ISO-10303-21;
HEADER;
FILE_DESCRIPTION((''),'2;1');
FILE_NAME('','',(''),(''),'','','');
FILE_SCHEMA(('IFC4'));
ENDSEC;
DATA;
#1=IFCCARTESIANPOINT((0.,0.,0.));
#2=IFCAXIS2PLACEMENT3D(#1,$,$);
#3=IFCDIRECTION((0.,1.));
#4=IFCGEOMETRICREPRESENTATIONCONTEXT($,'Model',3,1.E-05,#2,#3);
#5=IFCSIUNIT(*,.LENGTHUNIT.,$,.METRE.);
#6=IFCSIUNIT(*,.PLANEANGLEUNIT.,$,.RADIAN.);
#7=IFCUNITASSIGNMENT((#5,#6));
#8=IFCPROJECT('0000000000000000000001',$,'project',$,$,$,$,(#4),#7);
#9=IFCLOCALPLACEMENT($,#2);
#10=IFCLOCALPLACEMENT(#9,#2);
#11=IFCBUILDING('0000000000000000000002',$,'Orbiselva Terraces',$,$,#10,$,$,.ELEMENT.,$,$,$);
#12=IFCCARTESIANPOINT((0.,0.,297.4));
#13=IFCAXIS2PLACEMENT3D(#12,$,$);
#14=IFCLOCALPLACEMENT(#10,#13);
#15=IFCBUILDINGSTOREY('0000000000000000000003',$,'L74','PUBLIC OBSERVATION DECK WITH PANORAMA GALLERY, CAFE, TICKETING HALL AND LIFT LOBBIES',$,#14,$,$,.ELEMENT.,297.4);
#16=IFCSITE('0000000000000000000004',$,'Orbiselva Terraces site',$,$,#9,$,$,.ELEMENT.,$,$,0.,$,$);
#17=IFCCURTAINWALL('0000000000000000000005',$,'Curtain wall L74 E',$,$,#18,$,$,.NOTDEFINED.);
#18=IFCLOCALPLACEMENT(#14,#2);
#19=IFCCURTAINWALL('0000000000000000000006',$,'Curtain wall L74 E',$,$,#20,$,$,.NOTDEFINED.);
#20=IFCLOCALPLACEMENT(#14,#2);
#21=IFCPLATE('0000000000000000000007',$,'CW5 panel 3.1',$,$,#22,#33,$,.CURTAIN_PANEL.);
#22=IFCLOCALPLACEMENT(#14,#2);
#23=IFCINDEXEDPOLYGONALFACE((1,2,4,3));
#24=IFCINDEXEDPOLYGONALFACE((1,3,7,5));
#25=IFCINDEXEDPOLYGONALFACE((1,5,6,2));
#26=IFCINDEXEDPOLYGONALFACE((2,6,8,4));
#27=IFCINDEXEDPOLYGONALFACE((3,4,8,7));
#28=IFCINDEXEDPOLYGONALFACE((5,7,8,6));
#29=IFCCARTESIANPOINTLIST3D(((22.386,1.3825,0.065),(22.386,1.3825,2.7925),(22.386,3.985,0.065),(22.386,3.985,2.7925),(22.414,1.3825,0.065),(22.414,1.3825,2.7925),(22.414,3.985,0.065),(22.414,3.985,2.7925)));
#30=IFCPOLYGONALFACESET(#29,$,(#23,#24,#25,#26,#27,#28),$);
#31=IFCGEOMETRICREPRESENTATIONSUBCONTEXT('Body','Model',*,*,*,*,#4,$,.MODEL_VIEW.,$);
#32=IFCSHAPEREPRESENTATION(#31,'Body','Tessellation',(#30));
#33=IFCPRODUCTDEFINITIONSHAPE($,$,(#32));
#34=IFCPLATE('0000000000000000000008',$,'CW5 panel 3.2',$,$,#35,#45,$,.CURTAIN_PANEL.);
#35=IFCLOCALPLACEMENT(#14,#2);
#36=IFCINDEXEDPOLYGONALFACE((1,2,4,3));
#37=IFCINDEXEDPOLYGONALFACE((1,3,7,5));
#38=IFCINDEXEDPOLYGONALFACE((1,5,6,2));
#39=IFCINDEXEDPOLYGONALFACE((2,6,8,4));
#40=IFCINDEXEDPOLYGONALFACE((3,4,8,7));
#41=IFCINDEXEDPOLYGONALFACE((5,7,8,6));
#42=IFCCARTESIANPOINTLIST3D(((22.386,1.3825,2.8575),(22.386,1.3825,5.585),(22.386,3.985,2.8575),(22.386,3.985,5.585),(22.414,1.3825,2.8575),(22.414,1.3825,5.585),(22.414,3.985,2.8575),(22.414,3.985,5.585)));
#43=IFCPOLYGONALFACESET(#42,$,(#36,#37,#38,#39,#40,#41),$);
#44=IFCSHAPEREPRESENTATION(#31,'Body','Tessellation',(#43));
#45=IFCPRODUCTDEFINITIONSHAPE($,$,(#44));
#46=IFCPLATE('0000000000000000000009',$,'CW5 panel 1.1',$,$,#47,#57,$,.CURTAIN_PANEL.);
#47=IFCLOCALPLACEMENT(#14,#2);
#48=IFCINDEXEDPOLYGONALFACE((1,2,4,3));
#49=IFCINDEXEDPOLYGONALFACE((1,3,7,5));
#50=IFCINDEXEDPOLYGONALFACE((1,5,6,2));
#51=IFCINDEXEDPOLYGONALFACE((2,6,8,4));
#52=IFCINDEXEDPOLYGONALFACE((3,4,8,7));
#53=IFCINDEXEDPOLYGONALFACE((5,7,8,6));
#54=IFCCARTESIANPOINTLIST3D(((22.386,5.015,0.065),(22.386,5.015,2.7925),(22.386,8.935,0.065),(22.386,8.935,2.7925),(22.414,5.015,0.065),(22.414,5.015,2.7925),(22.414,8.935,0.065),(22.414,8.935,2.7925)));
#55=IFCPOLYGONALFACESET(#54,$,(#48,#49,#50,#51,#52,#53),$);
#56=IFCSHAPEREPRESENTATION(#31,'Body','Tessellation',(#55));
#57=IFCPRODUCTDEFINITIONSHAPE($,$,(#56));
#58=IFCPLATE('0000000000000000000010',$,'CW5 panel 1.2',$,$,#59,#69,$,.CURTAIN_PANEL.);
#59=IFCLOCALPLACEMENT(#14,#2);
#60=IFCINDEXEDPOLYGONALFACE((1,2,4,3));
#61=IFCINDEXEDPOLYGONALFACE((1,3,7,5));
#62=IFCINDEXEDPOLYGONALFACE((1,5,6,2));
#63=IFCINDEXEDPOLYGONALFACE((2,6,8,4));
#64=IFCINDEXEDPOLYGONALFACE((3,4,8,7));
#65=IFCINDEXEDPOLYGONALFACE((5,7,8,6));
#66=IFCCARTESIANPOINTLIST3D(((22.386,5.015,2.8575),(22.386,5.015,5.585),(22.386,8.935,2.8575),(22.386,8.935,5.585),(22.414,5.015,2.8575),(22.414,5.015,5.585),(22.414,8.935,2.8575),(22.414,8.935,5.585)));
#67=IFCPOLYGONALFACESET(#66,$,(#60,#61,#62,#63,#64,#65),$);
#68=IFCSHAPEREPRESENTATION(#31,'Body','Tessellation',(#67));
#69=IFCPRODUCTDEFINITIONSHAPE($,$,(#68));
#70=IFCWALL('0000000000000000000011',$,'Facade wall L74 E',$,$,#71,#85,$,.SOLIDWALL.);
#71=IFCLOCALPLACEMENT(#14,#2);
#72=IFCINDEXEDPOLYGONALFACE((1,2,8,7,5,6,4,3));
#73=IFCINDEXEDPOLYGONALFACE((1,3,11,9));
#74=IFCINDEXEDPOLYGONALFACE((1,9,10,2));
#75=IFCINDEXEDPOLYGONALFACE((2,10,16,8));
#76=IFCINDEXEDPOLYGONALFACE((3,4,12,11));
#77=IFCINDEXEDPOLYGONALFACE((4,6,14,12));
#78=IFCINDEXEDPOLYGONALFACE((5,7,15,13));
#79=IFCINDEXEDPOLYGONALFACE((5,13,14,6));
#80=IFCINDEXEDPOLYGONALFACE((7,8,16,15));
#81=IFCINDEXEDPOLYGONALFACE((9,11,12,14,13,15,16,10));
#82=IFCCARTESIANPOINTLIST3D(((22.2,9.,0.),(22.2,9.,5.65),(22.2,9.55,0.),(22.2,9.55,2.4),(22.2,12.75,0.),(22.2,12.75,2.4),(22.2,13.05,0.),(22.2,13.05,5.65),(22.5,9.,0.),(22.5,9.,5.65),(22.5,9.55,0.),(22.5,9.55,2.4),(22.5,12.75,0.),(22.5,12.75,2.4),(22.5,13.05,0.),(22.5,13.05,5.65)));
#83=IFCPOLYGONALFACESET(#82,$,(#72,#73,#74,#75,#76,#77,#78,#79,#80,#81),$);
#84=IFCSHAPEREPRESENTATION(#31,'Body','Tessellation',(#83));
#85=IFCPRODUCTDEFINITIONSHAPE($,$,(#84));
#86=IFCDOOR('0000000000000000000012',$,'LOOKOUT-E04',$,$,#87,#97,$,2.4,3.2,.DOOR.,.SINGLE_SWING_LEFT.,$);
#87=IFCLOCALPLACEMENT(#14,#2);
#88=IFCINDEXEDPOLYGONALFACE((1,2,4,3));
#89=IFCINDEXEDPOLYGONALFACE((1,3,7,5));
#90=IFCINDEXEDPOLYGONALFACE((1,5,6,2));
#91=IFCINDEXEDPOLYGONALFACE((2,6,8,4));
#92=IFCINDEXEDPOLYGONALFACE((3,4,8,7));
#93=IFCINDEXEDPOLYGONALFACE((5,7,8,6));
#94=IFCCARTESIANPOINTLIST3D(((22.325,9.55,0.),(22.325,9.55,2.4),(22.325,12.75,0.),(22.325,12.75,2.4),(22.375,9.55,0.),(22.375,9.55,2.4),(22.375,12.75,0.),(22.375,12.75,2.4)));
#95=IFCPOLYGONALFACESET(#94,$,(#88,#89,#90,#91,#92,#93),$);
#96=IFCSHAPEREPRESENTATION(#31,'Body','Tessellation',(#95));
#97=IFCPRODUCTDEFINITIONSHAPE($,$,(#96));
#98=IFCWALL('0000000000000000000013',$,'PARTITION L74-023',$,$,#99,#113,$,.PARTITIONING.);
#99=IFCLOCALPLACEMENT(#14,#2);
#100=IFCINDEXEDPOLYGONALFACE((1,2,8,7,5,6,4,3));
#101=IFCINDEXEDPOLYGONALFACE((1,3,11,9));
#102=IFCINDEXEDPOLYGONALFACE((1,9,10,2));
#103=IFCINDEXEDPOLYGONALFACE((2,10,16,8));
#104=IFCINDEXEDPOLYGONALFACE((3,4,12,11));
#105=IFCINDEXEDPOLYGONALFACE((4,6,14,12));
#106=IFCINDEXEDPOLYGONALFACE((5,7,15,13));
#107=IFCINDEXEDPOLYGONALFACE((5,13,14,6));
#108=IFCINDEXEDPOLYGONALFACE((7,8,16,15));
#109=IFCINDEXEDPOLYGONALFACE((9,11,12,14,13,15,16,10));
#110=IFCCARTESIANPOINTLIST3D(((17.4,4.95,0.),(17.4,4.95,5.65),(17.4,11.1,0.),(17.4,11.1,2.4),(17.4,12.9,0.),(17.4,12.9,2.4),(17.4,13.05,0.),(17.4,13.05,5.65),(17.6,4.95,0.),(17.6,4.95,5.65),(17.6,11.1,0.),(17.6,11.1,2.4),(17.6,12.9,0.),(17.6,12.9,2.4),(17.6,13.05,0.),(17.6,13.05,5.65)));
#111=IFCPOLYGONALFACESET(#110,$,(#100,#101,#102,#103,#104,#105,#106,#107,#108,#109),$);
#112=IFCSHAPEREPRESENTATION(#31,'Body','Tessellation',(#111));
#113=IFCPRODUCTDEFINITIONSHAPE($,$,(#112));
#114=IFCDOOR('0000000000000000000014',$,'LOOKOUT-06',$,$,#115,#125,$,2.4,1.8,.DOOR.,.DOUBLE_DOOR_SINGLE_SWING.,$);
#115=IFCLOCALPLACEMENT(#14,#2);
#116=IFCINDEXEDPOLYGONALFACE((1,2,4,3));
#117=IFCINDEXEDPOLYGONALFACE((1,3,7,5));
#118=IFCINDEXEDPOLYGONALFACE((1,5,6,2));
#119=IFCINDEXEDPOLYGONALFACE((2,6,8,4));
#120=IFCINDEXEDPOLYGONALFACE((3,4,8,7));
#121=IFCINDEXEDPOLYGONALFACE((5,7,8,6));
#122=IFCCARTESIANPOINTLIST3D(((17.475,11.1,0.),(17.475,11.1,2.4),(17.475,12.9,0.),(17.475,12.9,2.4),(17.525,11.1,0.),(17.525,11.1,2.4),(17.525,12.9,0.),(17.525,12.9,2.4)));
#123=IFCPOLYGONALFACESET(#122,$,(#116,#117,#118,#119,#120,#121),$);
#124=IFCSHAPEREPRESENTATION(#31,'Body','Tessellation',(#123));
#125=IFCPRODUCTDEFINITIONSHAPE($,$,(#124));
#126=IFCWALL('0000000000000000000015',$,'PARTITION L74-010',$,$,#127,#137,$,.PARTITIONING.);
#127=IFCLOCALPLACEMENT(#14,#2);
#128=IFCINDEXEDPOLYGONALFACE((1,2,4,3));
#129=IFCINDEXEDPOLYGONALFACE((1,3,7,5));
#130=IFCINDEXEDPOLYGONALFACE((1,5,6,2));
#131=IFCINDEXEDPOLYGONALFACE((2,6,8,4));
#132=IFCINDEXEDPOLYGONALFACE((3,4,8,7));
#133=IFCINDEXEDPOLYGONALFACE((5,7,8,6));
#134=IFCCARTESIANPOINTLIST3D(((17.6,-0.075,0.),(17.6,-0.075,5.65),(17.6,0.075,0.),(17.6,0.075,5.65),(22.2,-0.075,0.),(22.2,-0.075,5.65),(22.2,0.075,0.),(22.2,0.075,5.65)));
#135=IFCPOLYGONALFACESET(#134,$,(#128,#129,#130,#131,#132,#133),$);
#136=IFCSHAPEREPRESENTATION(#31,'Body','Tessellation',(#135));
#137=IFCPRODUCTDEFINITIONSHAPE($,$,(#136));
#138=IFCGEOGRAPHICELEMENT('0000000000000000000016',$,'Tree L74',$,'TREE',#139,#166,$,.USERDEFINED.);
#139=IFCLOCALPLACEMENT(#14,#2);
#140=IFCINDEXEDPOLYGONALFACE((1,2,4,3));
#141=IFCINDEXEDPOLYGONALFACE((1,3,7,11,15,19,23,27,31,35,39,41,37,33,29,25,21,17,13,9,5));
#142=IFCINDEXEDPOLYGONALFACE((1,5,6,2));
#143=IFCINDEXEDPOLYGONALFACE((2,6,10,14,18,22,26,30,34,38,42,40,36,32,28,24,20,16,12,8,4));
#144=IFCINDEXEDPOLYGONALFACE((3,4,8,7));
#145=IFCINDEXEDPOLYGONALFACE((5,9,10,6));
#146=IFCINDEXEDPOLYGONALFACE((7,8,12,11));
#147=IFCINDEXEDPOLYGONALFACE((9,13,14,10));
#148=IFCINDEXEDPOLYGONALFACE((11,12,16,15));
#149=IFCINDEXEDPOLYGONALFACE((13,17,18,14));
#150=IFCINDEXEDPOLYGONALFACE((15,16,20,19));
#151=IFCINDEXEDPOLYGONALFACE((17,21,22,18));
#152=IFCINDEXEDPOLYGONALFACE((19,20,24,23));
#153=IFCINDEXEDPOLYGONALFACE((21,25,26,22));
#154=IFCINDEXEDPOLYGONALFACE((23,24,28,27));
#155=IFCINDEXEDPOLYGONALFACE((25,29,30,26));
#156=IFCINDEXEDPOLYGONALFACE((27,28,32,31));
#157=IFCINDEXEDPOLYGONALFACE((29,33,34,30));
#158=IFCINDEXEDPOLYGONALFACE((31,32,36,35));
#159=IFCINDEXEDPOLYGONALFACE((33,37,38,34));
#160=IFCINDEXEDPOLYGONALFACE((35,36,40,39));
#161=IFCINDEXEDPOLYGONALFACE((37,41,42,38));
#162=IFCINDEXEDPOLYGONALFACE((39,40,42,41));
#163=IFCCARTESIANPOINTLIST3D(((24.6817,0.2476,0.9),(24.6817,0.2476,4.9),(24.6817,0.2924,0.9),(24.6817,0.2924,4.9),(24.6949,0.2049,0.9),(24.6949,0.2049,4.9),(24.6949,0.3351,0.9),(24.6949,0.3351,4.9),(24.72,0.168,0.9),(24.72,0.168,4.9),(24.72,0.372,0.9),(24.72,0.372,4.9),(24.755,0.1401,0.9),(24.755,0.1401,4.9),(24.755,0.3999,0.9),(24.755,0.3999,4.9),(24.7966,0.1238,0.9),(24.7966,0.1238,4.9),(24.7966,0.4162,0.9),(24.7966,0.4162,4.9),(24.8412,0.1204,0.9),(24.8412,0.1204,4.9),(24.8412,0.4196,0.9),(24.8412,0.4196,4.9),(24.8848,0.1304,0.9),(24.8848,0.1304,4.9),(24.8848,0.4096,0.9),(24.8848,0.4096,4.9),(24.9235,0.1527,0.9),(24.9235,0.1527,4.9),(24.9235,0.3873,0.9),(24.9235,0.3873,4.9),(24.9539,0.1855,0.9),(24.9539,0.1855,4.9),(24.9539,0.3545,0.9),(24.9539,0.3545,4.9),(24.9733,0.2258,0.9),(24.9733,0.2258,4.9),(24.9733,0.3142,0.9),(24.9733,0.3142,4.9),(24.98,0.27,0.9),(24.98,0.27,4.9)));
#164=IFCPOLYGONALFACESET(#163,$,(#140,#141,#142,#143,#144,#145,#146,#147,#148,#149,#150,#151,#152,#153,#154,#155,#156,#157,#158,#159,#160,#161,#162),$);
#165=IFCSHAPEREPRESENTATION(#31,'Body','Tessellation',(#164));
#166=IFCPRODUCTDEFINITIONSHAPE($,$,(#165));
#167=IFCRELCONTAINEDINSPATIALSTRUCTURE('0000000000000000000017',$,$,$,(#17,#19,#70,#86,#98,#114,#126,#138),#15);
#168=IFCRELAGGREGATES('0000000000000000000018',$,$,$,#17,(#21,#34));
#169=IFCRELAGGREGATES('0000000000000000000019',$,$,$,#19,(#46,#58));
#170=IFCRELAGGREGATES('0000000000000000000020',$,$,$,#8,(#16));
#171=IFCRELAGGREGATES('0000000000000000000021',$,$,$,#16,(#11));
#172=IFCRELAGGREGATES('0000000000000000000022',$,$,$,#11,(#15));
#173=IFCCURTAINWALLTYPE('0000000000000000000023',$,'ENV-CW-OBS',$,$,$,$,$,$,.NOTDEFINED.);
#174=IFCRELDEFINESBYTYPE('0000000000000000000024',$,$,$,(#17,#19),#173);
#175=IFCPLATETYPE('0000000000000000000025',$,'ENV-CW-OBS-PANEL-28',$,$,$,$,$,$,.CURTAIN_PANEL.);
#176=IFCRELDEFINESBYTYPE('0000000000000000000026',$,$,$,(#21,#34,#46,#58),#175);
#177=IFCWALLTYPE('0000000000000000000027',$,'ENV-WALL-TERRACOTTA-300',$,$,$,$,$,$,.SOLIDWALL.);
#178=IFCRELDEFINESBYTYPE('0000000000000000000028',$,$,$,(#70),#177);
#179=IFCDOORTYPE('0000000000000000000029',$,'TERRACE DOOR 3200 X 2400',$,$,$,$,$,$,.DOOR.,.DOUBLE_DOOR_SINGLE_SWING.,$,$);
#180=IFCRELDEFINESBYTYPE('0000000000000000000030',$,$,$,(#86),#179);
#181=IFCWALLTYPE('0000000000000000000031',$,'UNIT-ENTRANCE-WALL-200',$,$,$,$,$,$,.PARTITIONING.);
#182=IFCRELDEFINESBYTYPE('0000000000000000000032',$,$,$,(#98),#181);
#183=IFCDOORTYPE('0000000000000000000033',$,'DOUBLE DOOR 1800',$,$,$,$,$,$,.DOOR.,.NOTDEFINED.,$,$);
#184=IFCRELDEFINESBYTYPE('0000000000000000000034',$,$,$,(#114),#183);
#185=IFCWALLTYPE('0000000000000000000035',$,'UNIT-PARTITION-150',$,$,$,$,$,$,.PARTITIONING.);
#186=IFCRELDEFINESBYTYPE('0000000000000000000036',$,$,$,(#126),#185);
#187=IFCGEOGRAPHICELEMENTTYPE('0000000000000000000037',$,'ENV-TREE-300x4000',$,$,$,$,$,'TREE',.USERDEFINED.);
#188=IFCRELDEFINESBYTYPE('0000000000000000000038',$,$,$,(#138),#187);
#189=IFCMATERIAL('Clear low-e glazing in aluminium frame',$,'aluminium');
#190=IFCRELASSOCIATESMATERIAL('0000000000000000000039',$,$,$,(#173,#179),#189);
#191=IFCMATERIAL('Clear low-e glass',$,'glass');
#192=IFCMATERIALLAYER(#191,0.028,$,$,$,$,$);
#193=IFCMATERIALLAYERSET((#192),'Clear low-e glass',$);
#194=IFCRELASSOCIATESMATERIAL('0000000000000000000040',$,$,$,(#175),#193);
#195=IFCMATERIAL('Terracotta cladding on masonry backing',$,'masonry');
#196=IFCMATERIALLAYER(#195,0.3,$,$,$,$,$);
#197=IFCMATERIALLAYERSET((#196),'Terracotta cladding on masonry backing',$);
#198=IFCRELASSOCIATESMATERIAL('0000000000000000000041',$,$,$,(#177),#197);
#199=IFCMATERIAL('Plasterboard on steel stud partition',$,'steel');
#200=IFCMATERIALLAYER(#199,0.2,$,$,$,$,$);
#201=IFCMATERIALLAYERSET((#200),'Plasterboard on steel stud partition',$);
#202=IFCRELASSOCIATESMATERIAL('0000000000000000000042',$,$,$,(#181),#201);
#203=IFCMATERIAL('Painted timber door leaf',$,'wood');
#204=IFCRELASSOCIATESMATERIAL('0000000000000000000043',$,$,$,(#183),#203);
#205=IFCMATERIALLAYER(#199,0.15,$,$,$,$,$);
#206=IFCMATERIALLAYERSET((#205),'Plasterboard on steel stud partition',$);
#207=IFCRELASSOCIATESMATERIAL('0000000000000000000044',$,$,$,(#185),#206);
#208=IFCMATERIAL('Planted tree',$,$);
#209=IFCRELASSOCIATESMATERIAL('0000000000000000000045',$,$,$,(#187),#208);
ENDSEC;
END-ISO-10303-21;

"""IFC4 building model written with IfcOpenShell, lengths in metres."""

from ifc_helpers import new_model, si_unit, direction, frame, frame_2d, origin, origin_2d, place, context, subcontext, project, spatial, rectangle, circle, extrude, material, layer, layer_set, type_object, element, fill, aggregate, save


model = new_model("IFC4")

# Units and contexts
model_context = context("Model", 3, precision=1e-05, world=origin(), true_north=direction((0.0, 1.0)))
body_context = subcontext(model_context, "Body", "Model", "MODEL_VIEW")
ifc_project = project(units=[si_unit("LENGTHUNIT", "METRE"), si_unit("PLANEANGLEUNIT", "RADIAN")], contexts=[model_context])

# Site, building, storey
site_placement = place(None, origin())
site = spatial("IfcSite", under=ifc_project, at=site_placement, Name="Orbiselva Terraces site", CompositionType="ELEMENT", RefElevation=0.0)
building_placement = place(site_placement, origin())
building = spatial("IfcBuilding", under=site, at=building_placement, Name="Orbiselva Terraces", CompositionType="ELEMENT")
storey_placement = place(building_placement, frame((0.0, 0.0, 297.4)))
storey = spatial("IfcBuildingStorey", under=building, at=storey_placement, Name="L74", Description="PUBLIC OBSERVATION DECK WITH PANORAMA GALLERY, CAFE, TICKETING HALL AND LIFT LOBBIES", CompositionType="ELEMENT", Elevation=297.4)

# Curtain walls
ifc_material_1 = material(Name="Clear low-e glazing in aluminium frame", Category="aluminium")
curtain_wall_type = type_object("IfcCurtainWallType", Name="ENV-CW-OBS", PredefinedType="NOTDEFINED", material=ifc_material_1)
curtain_wall_1_placement = place(storey_placement, origin())
curtain_wall_1 = element("IfcCurtainWall", 1, at=curtain_wall_1_placement, inside=storey, type_object=curtain_wall_type, Name="Curtain wall L74 E", PredefinedType="NOTDEFINED")
curtain_wall_2_placement = place(storey_placement, origin())
curtain_wall_2 = element("IfcCurtainWall", 2, at=curtain_wall_2_placement, inside=storey, type_object=curtain_wall_type, Name="Curtain wall L74 E", PredefinedType="NOTDEFINED")

# Plates
ifc_material_2 = material(Name="Clear low-e glass", Category="glass")
ifc_layer_1 = layer(ifc_material_2, 0.028)
ifc_layer_set_1 = layer_set([ifc_layer_1], Name="Clear low-e glass")
plate_type = type_object("IfcPlateType", Name="ENV-CW-OBS-PANEL-28", PredefinedType="CURTAIN_PANEL", material=ifc_layer_set_1)
plate_1_placement = place(storey_placement, frame((22.4, 2.6837, 0.065), z_axis=(0.0, 0.0, 1.0), x_axis=(0.0, 1.0, 0.0)))
plate_1 = element("IfcPlate", 3, at=plate_1_placement, type_object=plate_type, Name="CW5 panel 3.1", PredefinedType="CURTAIN_PANEL", context=body_context, shape_type="SweptSolid", body=[
    extrude(rectangle(XDim=2.6025, YDim=0.028, at=origin_2d()), origin(), (0.0, 0.0, 1.0), 2.7275),
])
plate_2_placement = place(storey_placement, frame((22.4, 2.6837, 2.8575), z_axis=(0.0, 0.0, 1.0), x_axis=(0.0, 1.0, 0.0)))
plate_2 = element("IfcPlate", 4, at=plate_2_placement, type_object=plate_type, Name="CW5 panel 3.2", PredefinedType="CURTAIN_PANEL", context=body_context, shape_type="SweptSolid", body=[
    extrude(rectangle(XDim=2.6025, YDim=0.028, at=origin_2d()), origin(), (0.0, 0.0, 1.0), 2.7275),
])
aggregate(curtain_wall_1, [plate_1, plate_2])
plate_3_placement = place(storey_placement, frame((22.4, 6.975, 0.065), z_axis=(0.0, 0.0, 1.0), x_axis=(0.0, 1.0, 0.0)))
plate_3 = element("IfcPlate", 5, at=plate_3_placement, type_object=plate_type, Name="CW5 panel 1.1", PredefinedType="CURTAIN_PANEL", context=body_context, shape_type="SweptSolid", body=[
    extrude(rectangle(XDim=3.92, YDim=0.028, at=origin_2d()), origin(), (0.0, 0.0, 1.0), 2.7275),
])
plate_4_placement = place(storey_placement, frame((22.4, 6.975, 2.8575), z_axis=(0.0, 0.0, 1.0), x_axis=(0.0, 1.0, 0.0)))
plate_4 = element("IfcPlate", 6, at=plate_4_placement, type_object=plate_type, Name="CW5 panel 1.2", PredefinedType="CURTAIN_PANEL", context=body_context, shape_type="SweptSolid", body=[
    extrude(rectangle(XDim=3.92, YDim=0.028, at=origin_2d()), origin(), (0.0, 0.0, 1.0), 2.7275),
])
aggregate(curtain_wall_2, [plate_3, plate_4])

# Walls, openings, doors
ifc_material_3 = material(Name="Terracotta cladding on masonry backing", Category="masonry")
ifc_layer_2 = layer(ifc_material_3, 0.3)
ifc_layer_set_2 = layer_set([ifc_layer_2], Name="Terracotta cladding on masonry backing")
wall_type_1 = type_object("IfcWallType", Name="ENV-WALL-TERRACOTTA-300", PredefinedType="SOLIDWALL", material=ifc_layer_set_2)
wall_1_placement = place(storey_placement, frame((22.35, 13.05, 0.0), z_axis=(0.0, 0.0, 1.0), x_axis=(0.0, -1.0, 0.0)))
wall_1 = element("IfcWall", 7, at=wall_1_placement, inside=storey, type_object=wall_type_1, Name="Facade wall L74 E", PredefinedType="SOLIDWALL", context=body_context, shape_type="SweptSolid", body=[
    extrude(rectangle(XDim=4.05, YDim=0.3, at=frame_2d((2.025, 0.0))), origin(), (0.0, 0.0, 1.0), 5.65),
])
opening_1_placement = place(wall_1_placement, frame((0.3, 0.0, 0.0)))
opening_1 = element("IfcOpeningElement", 8, at=opening_1_placement, cuts=wall_1, PredefinedType="OPENING", context=body_context, shape_type="SweptSolid", body=[
    extrude(rectangle(XDim=3.2, YDim=2.4, at=frame_2d((1.6, 1.2))), frame((0.0, 0.16, 0.0), z_axis=(0.0, -1.0, 0.0), x_axis=(1.0, 0.0, 0.0)), (0.0, 0.0, 1.0), 0.32),
])
door_type_1 = type_object("IfcDoorType", Name="TERRACE DOOR 3200 X 2400", OperationType="DOUBLE_DOOR_SINGLE_SWING", PredefinedType="DOOR", material=ifc_material_1)
door_1_placement = place(opening_1_placement, origin())
door_1 = element("IfcDoor", 9, at=door_1_placement, inside=storey, type_object=door_type_1, Name="LOOKOUT-E04", OperationType="SINGLE_SWING_LEFT", OverallHeight=2.4, OverallWidth=3.2, PredefinedType="DOOR", context=body_context, shape_type="SweptSolid", body=[
    extrude(rectangle(XDim=3.2, YDim=2.4, at=frame_2d((1.6, 1.2))), frame((0.0, 0.025, 0.0), z_axis=(0.0, -1.0, 0.0), x_axis=(1.0, 0.0, 0.0)), (0.0, 0.0, 1.0), 0.05),
])
fill(opening_1, door_1)
ifc_material_4 = material(Name="Plasterboard on steel stud partition", Category="steel")
ifc_layer_3 = layer(ifc_material_4, 0.2)
ifc_layer_set_3 = layer_set([ifc_layer_3], Name="Plasterboard on steel stud partition")
wall_type_2 = type_object("IfcWallType", Name="UNIT-ENTRANCE-WALL-200", PredefinedType="PARTITIONING", material=ifc_layer_set_3)
wall_2_placement = place(storey_placement, frame((17.5, 4.95, 0.0), z_axis=(0.0, 0.0, 1.0), x_axis=(0.0, 1.0, 0.0)))
wall_2 = element("IfcWall", 10, at=wall_2_placement, inside=storey, type_object=wall_type_2, Name="PARTITION L74-023", PredefinedType="PARTITIONING", context=body_context, shape_type="SweptSolid", body=[
    extrude(rectangle(XDim=8.1, YDim=0.2, at=frame_2d((4.05, 0.0))), origin(), (0.0, 0.0, 1.0), 5.65),
])
opening_2_placement = place(wall_2_placement, frame((6.15, 0.0, 0.0)))
opening_2 = element("IfcOpeningElement", 11, at=opening_2_placement, cuts=wall_2, PredefinedType="OPENING", context=body_context, shape_type="SweptSolid", body=[
    extrude(rectangle(XDim=1.8, YDim=2.4, at=frame_2d((0.9, 1.2))), frame((0.0, 0.11, 0.0), z_axis=(0.0, -1.0, 0.0), x_axis=(1.0, 0.0, 0.0)), (0.0, 0.0, 1.0), 0.22),
])
ifc_material_5 = material(Name="Painted timber door leaf", Category="wood")
door_type_2 = type_object("IfcDoorType", Name="DOUBLE DOOR 1800", OperationType="NOTDEFINED", PredefinedType="DOOR", material=ifc_material_5)
door_2_placement = place(opening_2_placement, origin())
door_2 = element("IfcDoor", 12, at=door_2_placement, inside=storey, type_object=door_type_2, Name="LOOKOUT-06", OperationType="DOUBLE_DOOR_SINGLE_SWING", OverallHeight=2.4, OverallWidth=1.8, PredefinedType="DOOR", context=body_context, shape_type="SweptSolid", body=[
    extrude(rectangle(XDim=1.8, YDim=2.4, at=frame_2d((0.9, 1.2))), frame((0.0, 0.025, 0.0), z_axis=(0.0, -1.0, 0.0), x_axis=(1.0, 0.0, 0.0)), (0.0, 0.0, 1.0), 0.05),
])
fill(opening_2, door_2)

# Wall
ifc_layer_4 = layer(ifc_material_4, 0.15)
ifc_layer_set_4 = layer_set([ifc_layer_4], Name="Plasterboard on steel stud partition")
wall_type_3 = type_object("IfcWallType", Name="UNIT-PARTITION-150", PredefinedType="PARTITIONING", material=ifc_layer_set_4)
wall_3_placement = place(storey_placement, frame((17.6, 0.0, 0.0), z_axis=(0.0, 0.0, 1.0), x_axis=(1.0, 0.0, 0.0)))
element("IfcWall", 13, at=wall_3_placement, inside=storey, type_object=wall_type_3, Name="PARTITION L74-010", PredefinedType="PARTITIONING", context=body_context, shape_type="SweptSolid", body=[
    extrude(rectangle(XDim=4.6, YDim=0.15, at=frame_2d((2.3, 0.0))), origin(), (0.0, 0.0, 1.0), 5.65),
])

# Geographic element
ifc_material_6 = material(Name="Planted tree")
geographic_element_type = type_object("IfcGeographicElementType", Name="ENV-TREE-300x4000", ElementType="TREE", PredefinedType="USERDEFINED", material=ifc_material_6)
for number, where, z_axis, x_axis, name in (
    (14, (24.83, 0.27, 4.9), (0.0, 0.0, -1.0), (1.0, 0.0, 0.0), "Tree L74"),
):
    element("IfcGeographicElement", number, at=place(storey_placement, frame(where, z_axis=z_axis, x_axis=x_axis)), inside=storey, type_object=geographic_element_type, Name=name, ObjectType="TREE", PredefinedType="USERDEFINED", context=body_context, shape_type="SweptSolid", body=[
        extrude(circle(Radius=0.15, at=origin_2d()), origin(), (0.0, 0.0, 1.0), 4.0),
    ])

save(model, "model.ifc")
